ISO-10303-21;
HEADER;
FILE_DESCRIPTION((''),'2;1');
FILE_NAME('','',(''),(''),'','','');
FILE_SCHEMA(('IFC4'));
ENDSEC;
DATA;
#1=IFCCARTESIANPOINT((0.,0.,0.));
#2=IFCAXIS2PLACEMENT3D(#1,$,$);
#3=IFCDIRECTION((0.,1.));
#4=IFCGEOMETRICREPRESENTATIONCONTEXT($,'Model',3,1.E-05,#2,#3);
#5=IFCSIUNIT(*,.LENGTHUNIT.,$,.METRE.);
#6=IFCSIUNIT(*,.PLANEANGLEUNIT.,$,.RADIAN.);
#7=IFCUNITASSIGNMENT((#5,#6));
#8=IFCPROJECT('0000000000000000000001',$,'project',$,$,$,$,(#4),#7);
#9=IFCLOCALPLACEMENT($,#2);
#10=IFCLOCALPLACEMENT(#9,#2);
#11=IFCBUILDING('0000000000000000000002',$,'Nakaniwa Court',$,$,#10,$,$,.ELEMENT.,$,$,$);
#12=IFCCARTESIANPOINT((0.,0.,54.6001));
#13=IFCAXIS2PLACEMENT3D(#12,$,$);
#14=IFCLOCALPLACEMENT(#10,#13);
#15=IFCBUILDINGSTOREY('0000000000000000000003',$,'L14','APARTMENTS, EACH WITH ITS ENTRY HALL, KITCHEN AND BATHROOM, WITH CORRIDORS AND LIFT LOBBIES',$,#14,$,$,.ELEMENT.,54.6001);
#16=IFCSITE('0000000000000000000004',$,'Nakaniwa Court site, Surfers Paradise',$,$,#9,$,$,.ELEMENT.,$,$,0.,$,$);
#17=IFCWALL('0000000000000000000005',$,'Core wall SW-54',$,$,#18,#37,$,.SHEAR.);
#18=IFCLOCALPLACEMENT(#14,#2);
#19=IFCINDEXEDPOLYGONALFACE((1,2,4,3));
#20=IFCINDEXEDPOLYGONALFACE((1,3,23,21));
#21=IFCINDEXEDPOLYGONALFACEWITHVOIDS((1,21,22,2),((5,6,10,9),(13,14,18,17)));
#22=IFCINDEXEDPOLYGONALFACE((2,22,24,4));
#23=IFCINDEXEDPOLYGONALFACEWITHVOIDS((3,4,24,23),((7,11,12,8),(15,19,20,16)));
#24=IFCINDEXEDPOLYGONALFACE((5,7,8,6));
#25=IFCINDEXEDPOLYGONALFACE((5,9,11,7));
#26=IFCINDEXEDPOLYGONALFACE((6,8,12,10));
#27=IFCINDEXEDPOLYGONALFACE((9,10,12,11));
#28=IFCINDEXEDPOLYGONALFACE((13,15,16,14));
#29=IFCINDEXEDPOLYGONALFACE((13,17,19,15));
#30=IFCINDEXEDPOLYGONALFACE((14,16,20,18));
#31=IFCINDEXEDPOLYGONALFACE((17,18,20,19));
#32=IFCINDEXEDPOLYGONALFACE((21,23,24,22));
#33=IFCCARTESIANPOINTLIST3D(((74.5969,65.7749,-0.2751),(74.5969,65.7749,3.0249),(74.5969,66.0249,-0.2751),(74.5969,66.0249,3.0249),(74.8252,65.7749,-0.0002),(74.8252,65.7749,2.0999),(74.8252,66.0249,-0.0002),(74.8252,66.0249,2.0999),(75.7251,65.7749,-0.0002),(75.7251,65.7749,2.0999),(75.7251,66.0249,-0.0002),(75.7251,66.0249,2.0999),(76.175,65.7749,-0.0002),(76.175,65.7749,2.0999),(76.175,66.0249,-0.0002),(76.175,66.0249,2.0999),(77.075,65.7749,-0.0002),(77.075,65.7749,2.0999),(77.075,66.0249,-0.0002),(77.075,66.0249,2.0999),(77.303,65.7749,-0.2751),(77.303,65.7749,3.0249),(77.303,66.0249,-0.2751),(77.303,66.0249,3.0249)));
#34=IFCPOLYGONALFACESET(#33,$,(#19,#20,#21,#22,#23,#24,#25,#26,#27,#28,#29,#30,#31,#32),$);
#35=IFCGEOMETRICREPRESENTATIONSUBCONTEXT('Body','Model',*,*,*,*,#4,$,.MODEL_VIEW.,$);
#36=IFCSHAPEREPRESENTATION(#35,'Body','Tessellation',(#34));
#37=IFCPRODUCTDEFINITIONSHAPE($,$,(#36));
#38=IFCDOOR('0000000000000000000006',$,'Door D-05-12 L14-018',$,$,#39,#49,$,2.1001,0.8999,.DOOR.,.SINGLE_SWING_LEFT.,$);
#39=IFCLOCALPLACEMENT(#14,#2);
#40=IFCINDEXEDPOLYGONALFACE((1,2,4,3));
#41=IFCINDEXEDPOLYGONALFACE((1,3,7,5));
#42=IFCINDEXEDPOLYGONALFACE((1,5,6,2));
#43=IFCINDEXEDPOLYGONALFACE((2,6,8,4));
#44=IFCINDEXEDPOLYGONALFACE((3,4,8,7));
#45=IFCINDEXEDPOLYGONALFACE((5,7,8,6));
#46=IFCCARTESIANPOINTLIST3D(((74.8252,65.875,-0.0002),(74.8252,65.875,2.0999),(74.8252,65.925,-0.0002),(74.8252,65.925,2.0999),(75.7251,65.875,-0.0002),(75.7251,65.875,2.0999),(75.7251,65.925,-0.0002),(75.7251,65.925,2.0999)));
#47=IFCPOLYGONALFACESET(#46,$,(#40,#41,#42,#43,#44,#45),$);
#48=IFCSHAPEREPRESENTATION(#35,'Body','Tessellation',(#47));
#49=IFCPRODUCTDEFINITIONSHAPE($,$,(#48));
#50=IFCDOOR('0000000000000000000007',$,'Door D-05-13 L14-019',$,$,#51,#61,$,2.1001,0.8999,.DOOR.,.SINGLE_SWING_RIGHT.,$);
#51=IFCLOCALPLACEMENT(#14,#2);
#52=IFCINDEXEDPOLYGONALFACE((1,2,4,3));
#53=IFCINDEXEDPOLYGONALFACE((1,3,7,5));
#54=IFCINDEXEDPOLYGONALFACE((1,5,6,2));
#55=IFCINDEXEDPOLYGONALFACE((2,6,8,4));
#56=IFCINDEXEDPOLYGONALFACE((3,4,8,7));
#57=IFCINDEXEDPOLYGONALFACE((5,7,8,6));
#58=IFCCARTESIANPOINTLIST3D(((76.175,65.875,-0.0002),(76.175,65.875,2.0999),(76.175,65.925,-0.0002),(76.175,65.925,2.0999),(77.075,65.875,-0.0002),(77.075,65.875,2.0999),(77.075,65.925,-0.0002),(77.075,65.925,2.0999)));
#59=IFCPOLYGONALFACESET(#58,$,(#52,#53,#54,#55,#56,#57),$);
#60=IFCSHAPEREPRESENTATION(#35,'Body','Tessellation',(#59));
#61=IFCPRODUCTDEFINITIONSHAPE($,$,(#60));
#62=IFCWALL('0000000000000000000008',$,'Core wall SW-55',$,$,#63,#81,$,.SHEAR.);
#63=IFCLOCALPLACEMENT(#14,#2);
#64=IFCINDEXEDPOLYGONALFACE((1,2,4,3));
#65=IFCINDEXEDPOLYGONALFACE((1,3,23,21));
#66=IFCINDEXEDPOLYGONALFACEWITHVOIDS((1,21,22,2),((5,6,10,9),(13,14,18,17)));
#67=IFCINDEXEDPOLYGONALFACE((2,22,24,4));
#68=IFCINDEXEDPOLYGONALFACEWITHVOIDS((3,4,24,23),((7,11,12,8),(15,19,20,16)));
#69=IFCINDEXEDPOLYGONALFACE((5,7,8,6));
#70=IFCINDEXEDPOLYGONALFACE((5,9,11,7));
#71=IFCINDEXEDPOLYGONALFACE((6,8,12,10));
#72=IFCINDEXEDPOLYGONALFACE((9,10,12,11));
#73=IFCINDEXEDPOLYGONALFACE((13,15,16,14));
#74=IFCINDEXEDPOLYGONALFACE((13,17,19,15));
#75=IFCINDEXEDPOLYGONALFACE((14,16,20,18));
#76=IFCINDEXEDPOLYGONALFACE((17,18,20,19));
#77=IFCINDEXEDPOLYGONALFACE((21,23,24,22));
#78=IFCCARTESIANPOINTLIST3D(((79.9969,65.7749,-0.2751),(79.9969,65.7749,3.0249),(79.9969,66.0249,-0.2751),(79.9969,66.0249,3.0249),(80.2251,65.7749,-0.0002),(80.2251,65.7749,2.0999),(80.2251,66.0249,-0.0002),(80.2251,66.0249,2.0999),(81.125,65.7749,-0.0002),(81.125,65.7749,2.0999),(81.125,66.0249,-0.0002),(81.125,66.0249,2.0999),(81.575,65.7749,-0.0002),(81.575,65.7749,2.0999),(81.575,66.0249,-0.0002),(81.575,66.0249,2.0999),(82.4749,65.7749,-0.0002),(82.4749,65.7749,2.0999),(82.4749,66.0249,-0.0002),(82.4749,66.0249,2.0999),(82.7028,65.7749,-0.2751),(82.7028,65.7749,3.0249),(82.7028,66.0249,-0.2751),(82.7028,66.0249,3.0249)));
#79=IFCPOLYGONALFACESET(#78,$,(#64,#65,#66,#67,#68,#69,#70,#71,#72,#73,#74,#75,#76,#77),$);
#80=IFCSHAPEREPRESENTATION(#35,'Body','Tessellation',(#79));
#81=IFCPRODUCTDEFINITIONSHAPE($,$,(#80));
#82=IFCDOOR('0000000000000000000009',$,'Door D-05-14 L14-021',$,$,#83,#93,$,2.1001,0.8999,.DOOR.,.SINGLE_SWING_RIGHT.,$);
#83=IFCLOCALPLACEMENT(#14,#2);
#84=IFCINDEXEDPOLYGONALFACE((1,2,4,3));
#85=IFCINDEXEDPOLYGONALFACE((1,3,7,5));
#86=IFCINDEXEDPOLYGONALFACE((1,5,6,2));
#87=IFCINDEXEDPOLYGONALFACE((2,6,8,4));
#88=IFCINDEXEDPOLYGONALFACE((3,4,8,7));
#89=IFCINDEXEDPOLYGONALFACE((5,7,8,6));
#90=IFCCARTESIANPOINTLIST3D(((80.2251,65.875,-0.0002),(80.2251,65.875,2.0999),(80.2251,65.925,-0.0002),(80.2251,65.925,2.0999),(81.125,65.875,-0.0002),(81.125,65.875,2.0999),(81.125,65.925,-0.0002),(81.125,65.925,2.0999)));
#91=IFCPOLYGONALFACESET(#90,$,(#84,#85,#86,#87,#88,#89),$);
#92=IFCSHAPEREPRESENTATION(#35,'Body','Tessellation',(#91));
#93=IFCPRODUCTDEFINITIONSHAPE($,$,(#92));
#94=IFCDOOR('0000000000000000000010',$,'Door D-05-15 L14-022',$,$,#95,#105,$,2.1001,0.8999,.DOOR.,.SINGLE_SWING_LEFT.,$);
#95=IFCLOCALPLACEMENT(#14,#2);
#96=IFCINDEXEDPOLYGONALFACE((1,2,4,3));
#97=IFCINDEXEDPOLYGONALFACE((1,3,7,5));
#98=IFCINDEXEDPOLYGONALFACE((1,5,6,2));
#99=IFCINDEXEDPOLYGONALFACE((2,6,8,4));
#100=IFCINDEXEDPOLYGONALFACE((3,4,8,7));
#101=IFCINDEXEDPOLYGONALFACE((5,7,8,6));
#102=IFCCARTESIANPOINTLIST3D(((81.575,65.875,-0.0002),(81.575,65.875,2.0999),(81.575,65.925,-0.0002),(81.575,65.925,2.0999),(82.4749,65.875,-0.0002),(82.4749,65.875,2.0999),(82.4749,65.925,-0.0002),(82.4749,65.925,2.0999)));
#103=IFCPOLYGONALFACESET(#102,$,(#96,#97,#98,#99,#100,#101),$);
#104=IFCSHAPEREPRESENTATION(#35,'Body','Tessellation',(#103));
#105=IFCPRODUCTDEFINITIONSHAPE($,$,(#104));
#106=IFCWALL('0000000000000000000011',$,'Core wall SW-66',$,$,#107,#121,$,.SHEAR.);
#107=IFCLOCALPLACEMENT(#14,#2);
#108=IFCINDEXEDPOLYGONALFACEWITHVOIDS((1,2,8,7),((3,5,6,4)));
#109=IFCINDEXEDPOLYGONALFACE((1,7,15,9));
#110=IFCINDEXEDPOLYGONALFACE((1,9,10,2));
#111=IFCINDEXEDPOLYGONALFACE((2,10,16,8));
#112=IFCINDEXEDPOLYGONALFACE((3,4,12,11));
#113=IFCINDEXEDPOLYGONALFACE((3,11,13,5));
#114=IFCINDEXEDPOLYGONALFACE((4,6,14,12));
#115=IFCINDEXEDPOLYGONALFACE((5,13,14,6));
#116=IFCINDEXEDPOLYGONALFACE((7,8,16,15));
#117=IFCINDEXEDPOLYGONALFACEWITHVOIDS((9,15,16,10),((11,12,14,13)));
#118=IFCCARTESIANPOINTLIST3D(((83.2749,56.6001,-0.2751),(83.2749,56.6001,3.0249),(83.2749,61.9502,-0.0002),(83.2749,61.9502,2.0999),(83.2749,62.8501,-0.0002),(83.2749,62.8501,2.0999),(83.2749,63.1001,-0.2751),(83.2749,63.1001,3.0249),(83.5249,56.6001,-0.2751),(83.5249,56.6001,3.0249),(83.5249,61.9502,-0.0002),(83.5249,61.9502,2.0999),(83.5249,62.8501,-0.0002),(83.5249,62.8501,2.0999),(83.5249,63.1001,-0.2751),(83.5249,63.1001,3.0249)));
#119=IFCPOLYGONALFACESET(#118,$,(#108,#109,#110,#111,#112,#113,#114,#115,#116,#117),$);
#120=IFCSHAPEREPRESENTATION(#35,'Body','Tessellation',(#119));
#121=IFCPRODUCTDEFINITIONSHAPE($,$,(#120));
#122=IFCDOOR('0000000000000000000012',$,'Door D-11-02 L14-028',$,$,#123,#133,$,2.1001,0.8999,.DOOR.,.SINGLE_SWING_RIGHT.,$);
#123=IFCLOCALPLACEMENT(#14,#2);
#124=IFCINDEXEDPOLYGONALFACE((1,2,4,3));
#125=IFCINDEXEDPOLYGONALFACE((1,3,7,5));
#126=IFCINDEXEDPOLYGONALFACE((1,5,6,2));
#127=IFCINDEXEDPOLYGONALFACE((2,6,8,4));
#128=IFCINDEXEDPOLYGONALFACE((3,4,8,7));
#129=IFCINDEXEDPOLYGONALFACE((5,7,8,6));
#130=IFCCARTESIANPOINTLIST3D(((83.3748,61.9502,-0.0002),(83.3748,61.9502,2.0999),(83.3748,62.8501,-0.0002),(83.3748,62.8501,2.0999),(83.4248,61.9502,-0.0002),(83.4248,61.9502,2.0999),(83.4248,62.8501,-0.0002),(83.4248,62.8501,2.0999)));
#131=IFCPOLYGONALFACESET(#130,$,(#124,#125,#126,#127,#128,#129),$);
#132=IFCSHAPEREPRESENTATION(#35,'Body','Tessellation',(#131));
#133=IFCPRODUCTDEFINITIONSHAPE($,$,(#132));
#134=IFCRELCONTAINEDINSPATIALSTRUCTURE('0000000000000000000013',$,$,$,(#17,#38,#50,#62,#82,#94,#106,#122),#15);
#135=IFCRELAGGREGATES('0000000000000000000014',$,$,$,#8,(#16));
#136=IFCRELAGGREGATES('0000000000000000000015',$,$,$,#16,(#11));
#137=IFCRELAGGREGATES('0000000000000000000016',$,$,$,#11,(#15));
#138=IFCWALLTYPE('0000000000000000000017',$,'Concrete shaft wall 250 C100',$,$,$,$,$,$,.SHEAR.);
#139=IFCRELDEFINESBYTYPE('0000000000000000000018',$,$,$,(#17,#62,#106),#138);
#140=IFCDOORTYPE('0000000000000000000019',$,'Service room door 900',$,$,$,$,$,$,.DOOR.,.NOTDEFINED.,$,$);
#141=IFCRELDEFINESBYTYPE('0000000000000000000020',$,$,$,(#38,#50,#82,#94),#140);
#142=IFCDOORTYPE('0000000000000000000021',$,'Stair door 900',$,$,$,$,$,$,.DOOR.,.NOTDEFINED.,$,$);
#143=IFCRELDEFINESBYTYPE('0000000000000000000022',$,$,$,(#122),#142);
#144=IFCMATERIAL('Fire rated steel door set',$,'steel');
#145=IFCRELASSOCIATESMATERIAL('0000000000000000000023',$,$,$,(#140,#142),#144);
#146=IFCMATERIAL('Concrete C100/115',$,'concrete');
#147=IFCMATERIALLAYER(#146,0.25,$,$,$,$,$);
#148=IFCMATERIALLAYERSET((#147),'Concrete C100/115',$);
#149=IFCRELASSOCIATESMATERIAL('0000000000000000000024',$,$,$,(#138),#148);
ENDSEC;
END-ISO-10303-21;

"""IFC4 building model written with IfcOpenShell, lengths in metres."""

from ifc_helpers import new_model, si_unit, direction, frame, frame_2d, origin, place, context, subcontext, project, spatial, rectangle, extrude, material, layer, layer_set, type_object, element, fill, save


model = new_model("IFC4")

# Units and contexts
model_context = context("Model", 3, precision=1e-05, world=origin(), true_north=direction((0.0, 1.0)))
body_context = subcontext(model_context, "Body", "Model", "MODEL_VIEW")
ifc_project = project(units=[si_unit("LENGTHUNIT", "METRE"), si_unit("PLANEANGLEUNIT", "RADIAN")], contexts=[model_context])

# Site, building, storey
site_placement = place(None, origin())
site = spatial("IfcSite", under=ifc_project, at=site_placement, Name="Nakaniwa Court site, Surfers Paradise", CompositionType="ELEMENT", RefElevation=0.0)
building_placement = place(site_placement, origin())
building = spatial("IfcBuilding", under=site, at=building_placement, Name="Nakaniwa Court", CompositionType="ELEMENT")
storey_placement = place(building_placement, frame((0.0, 0.0, 54.6001)))
storey = spatial("IfcBuildingStorey", under=building, at=storey_placement, Name="L14", Description="APARTMENTS, EACH WITH ITS ENTRY HALL, KITCHEN AND BATHROOM, WITH CORRIDORS AND LIFT LOBBIES", CompositionType="ELEMENT", Elevation=54.6001)

# Shared definitions
ifc_material_1 = material(Name="Fire rated steel door set", Category="steel")
door_type_1 = type_object("IfcDoorType", Name="Service room door 900", OperationType="NOTDEFINED", PredefinedType="DOOR", material=ifc_material_1)

# Shared definitions
ifc_material_2 = material(Name="Concrete C100/115", Category="concrete")
ifc_layer_1 = layer(ifc_material_2, 0.25)
ifc_layer_set_1 = layer_set([ifc_layer_1], Name="Concrete C100/115")
wall_type_1 = type_object("IfcWallType", Name="Concrete shaft wall 250 C100", PredefinedType="SHEAR", material=ifc_layer_set_1)

# Walls, openings, doors
wall_1_placement = place(storey_placement, frame((77.303, 65.8999, -0.2751), z_axis=(0.0, 0.0, 1.0), x_axis=(-1.0, 0.0, 0.0)))
wall_1 = element("IfcWall", 1, at=wall_1_placement, inside=storey, type_object=wall_type_1, Name="Core wall SW-54", PredefinedType="SHEAR", context=body_context, shape_type="SweptSolid", body=[
    extrude(rectangle(XDim=2.7061, YDim=0.25, at=frame_2d((1.353, 0.0))), origin(), (0.0, 0.0, 1.0), 3.3),
])
opening_1_placement = place(wall_1_placement, frame((1.5779, 0.0, 0.2749)))
opening_1 = element("IfcOpeningElement", 2, at=opening_1_placement, cuts=wall_1, PredefinedType="OPENING", context=body_context, shape_type="SweptSolid", body=[
    extrude(rectangle(XDim=0.8999, YDim=2.1001, at=frame_2d((0.45, 1.05))), frame((0.0, 0.135, 0.0), z_axis=(0.0, -1.0, 0.0), x_axis=(1.0, 0.0, 0.0)), (0.0, 0.0, 1.0), 0.27),
])
opening_2_placement = place(wall_1_placement, frame((0.228, 0.0, 0.2749)))
opening_2 = element("IfcOpeningElement", 3, at=opening_2_placement, cuts=wall_1, PredefinedType="OPENING", context=body_context, shape_type="SweptSolid", body=[
    extrude(rectangle(XDim=0.8999, YDim=2.1001, at=frame_2d((0.45, 1.05))), frame((0.0, 0.135, 0.0), z_axis=(0.0, -1.0, 0.0), x_axis=(1.0, 0.0, 0.0)), (0.0, 0.0, 1.0), 0.27),
])
door_1_placement = place(opening_1_placement, origin())
door_1 = element("IfcDoor", 4, at=door_1_placement, inside=storey, type_object=door_type_1, Name="Door D-05-12 L14-018", OperationType="SINGLE_SWING_LEFT", OverallHeight=2.1001, OverallWidth=0.8999, PredefinedType="DOOR", context=body_context, shape_type="SweptSolid", body=[
    extrude(rectangle(XDim=0.8999, YDim=2.1001, at=frame_2d((0.45, 1.05))), frame((0.0, 0.0249, 0.0), z_axis=(0.0, -1.0, 0.0), x_axis=(1.0, 0.0, 0.0)), (0.0, 0.0, 1.0), 0.05),
])
fill(opening_1, door_1)
door_2_placement = place(opening_2_placement, origin())
door_2 = element("IfcDoor", 5, at=door_2_placement, inside=storey, type_object=door_type_1, Name="Door D-05-13 L14-019", OperationType="SINGLE_SWING_RIGHT", OverallHeight=2.1001, OverallWidth=0.8999, PredefinedType="DOOR", context=body_context, shape_type="SweptSolid", body=[
    extrude(rectangle(XDim=0.8999, YDim=2.1001, at=frame_2d((0.45, 1.05))), frame((0.0, 0.0249, 0.0), z_axis=(0.0, -1.0, 0.0), x_axis=(1.0, 0.0, 0.0)), (0.0, 0.0, 1.0), 0.05),
])
fill(opening_2, door_2)
wall_2_placement = place(storey_placement, frame((82.7029, 65.8999, -0.2751), z_axis=(0.0, 0.0, 1.0), x_axis=(-1.0, 0.0, 0.0)))
wall_2 = element("IfcWall", 6, at=wall_2_placement, inside=storey, type_object=wall_type_1, Name="Core wall SW-55", PredefinedType="SHEAR", context=body_context, shape_type="SweptSolid", body=[
    extrude(rectangle(XDim=2.7058, YDim=0.25, at=frame_2d((1.353, 0.0))), origin(), (0.0, 0.0, 1.0), 3.3),
])
opening_3_placement = place(wall_2_placement, frame((1.5779, 0.0, 0.2749)))
opening_3 = element("IfcOpeningElement", 7, at=opening_3_placement, cuts=wall_2, PredefinedType="OPENING", context=body_context, shape_type="SweptSolid", body=[
    extrude(rectangle(XDim=0.8999, YDim=2.1001, at=frame_2d((0.45, 1.05))), frame((0.0, 0.135, 0.0), z_axis=(0.0, -1.0, 0.0), x_axis=(1.0, 0.0, 0.0)), (0.0, 0.0, 1.0), 0.27),
])
opening_4_placement = place(wall_2_placement, frame((0.228, 0.0, 0.2749)))
opening_4 = element("IfcOpeningElement", 8, at=opening_4_placement, cuts=wall_2, PredefinedType="OPENING", context=body_context, shape_type="SweptSolid", body=[
    extrude(rectangle(XDim=0.8999, YDim=2.1001, at=frame_2d((0.45, 1.05))), frame((0.0, 0.135, 0.0), z_axis=(0.0, -1.0, 0.0), x_axis=(1.0, 0.0, 0.0)), (0.0, 0.0, 1.0), 0.27),
])
door_3_placement = place(opening_3_placement, origin())
door_3 = element("IfcDoor", 9, at=door_3_placement, inside=storey, type_object=door_type_1, Name="Door D-05-14 L14-021", OperationType="SINGLE_SWING_RIGHT", OverallHeight=2.1001, OverallWidth=0.8999, PredefinedType="DOOR", context=body_context, shape_type="SweptSolid", body=[
    extrude(rectangle(XDim=0.8999, YDim=2.1001, at=frame_2d((0.45, 1.05))), frame((0.0, 0.0249, 0.0), z_axis=(0.0, -1.0, 0.0), x_axis=(1.0, 0.0, 0.0)), (0.0, 0.0, 1.0), 0.05),
])
fill(opening_3, door_3)
door_4_placement = place(opening_4_placement, origin())
door_4 = element("IfcDoor", 10, at=door_4_placement, inside=storey, type_object=door_type_1, Name="Door D-05-15 L14-022", OperationType="SINGLE_SWING_LEFT", OverallHeight=2.1001, OverallWidth=0.8999, PredefinedType="DOOR", context=body_context, shape_type="SweptSolid", body=[
    extrude(rectangle(XDim=0.8999, YDim=2.1001, at=frame_2d((0.45, 1.05))), frame((0.0, 0.0249, 0.0), z_axis=(0.0, -1.0, 0.0), x_axis=(1.0, 0.0, 0.0)), (0.0, 0.0, 1.0), 0.05),
])
fill(opening_4, door_4)

# Wall, opening, door
wall_3_placement = place(storey_placement, frame((83.3999, 63.1001, -0.2751), z_axis=(0.0, 0.0, 1.0), x_axis=(0.0, -1.0, 0.0)))
wall_3 = element("IfcWall", 11, at=wall_3_placement, inside=storey, type_object=wall_type_1, Name="Core wall SW-66", PredefinedType="SHEAR", context=body_context, shape_type="SweptSolid", body=[
    extrude(rectangle(XDim=6.5, YDim=0.25, at=frame_2d((3.25, 0.0))), origin(), (0.0, 0.0, 1.0), 3.3),
])
opening_5_placement = place(wall_3_placement, frame((0.25, 0.0, 0.2749)))
opening_5 = element("IfcOpeningElement", 12, at=opening_5_placement, cuts=wall_3, PredefinedType="OPENING", context=body_context, shape_type="SweptSolid", body=[
    extrude(rectangle(XDim=0.8999, YDim=2.1001, at=frame_2d((0.45, 1.05))), frame((0.0, 0.135, 0.0), z_axis=(0.0, -1.0, 0.0), x_axis=(1.0, 0.0, 0.0)), (0.0, 0.0, 1.0), 0.27),
])
door_type_2 = type_object("IfcDoorType", Name="Stair door 900", OperationType="NOTDEFINED", PredefinedType="DOOR", material=ifc_material_1)
door_5_placement = place(opening_5_placement, origin())
door_5 = element("IfcDoor", 13, at=door_5_placement, inside=storey, type_object=door_type_2, Name="Door D-11-02 L14-028", OperationType="SINGLE_SWING_RIGHT", OverallHeight=2.1001, OverallWidth=0.8999, PredefinedType="DOOR", context=body_context, shape_type="SweptSolid", body=[
    extrude(rectangle(XDim=0.8999, YDim=2.1001, at=frame_2d((0.45, 1.05))), frame((0.0, 0.0249, 0.0), z_axis=(0.0, -1.0, 0.0), x_axis=(1.0, 0.0, 0.0)), (0.0, 0.0, 1.0), 0.05),
])
fill(opening_5, door_5)

save(model, "model.ifc")
